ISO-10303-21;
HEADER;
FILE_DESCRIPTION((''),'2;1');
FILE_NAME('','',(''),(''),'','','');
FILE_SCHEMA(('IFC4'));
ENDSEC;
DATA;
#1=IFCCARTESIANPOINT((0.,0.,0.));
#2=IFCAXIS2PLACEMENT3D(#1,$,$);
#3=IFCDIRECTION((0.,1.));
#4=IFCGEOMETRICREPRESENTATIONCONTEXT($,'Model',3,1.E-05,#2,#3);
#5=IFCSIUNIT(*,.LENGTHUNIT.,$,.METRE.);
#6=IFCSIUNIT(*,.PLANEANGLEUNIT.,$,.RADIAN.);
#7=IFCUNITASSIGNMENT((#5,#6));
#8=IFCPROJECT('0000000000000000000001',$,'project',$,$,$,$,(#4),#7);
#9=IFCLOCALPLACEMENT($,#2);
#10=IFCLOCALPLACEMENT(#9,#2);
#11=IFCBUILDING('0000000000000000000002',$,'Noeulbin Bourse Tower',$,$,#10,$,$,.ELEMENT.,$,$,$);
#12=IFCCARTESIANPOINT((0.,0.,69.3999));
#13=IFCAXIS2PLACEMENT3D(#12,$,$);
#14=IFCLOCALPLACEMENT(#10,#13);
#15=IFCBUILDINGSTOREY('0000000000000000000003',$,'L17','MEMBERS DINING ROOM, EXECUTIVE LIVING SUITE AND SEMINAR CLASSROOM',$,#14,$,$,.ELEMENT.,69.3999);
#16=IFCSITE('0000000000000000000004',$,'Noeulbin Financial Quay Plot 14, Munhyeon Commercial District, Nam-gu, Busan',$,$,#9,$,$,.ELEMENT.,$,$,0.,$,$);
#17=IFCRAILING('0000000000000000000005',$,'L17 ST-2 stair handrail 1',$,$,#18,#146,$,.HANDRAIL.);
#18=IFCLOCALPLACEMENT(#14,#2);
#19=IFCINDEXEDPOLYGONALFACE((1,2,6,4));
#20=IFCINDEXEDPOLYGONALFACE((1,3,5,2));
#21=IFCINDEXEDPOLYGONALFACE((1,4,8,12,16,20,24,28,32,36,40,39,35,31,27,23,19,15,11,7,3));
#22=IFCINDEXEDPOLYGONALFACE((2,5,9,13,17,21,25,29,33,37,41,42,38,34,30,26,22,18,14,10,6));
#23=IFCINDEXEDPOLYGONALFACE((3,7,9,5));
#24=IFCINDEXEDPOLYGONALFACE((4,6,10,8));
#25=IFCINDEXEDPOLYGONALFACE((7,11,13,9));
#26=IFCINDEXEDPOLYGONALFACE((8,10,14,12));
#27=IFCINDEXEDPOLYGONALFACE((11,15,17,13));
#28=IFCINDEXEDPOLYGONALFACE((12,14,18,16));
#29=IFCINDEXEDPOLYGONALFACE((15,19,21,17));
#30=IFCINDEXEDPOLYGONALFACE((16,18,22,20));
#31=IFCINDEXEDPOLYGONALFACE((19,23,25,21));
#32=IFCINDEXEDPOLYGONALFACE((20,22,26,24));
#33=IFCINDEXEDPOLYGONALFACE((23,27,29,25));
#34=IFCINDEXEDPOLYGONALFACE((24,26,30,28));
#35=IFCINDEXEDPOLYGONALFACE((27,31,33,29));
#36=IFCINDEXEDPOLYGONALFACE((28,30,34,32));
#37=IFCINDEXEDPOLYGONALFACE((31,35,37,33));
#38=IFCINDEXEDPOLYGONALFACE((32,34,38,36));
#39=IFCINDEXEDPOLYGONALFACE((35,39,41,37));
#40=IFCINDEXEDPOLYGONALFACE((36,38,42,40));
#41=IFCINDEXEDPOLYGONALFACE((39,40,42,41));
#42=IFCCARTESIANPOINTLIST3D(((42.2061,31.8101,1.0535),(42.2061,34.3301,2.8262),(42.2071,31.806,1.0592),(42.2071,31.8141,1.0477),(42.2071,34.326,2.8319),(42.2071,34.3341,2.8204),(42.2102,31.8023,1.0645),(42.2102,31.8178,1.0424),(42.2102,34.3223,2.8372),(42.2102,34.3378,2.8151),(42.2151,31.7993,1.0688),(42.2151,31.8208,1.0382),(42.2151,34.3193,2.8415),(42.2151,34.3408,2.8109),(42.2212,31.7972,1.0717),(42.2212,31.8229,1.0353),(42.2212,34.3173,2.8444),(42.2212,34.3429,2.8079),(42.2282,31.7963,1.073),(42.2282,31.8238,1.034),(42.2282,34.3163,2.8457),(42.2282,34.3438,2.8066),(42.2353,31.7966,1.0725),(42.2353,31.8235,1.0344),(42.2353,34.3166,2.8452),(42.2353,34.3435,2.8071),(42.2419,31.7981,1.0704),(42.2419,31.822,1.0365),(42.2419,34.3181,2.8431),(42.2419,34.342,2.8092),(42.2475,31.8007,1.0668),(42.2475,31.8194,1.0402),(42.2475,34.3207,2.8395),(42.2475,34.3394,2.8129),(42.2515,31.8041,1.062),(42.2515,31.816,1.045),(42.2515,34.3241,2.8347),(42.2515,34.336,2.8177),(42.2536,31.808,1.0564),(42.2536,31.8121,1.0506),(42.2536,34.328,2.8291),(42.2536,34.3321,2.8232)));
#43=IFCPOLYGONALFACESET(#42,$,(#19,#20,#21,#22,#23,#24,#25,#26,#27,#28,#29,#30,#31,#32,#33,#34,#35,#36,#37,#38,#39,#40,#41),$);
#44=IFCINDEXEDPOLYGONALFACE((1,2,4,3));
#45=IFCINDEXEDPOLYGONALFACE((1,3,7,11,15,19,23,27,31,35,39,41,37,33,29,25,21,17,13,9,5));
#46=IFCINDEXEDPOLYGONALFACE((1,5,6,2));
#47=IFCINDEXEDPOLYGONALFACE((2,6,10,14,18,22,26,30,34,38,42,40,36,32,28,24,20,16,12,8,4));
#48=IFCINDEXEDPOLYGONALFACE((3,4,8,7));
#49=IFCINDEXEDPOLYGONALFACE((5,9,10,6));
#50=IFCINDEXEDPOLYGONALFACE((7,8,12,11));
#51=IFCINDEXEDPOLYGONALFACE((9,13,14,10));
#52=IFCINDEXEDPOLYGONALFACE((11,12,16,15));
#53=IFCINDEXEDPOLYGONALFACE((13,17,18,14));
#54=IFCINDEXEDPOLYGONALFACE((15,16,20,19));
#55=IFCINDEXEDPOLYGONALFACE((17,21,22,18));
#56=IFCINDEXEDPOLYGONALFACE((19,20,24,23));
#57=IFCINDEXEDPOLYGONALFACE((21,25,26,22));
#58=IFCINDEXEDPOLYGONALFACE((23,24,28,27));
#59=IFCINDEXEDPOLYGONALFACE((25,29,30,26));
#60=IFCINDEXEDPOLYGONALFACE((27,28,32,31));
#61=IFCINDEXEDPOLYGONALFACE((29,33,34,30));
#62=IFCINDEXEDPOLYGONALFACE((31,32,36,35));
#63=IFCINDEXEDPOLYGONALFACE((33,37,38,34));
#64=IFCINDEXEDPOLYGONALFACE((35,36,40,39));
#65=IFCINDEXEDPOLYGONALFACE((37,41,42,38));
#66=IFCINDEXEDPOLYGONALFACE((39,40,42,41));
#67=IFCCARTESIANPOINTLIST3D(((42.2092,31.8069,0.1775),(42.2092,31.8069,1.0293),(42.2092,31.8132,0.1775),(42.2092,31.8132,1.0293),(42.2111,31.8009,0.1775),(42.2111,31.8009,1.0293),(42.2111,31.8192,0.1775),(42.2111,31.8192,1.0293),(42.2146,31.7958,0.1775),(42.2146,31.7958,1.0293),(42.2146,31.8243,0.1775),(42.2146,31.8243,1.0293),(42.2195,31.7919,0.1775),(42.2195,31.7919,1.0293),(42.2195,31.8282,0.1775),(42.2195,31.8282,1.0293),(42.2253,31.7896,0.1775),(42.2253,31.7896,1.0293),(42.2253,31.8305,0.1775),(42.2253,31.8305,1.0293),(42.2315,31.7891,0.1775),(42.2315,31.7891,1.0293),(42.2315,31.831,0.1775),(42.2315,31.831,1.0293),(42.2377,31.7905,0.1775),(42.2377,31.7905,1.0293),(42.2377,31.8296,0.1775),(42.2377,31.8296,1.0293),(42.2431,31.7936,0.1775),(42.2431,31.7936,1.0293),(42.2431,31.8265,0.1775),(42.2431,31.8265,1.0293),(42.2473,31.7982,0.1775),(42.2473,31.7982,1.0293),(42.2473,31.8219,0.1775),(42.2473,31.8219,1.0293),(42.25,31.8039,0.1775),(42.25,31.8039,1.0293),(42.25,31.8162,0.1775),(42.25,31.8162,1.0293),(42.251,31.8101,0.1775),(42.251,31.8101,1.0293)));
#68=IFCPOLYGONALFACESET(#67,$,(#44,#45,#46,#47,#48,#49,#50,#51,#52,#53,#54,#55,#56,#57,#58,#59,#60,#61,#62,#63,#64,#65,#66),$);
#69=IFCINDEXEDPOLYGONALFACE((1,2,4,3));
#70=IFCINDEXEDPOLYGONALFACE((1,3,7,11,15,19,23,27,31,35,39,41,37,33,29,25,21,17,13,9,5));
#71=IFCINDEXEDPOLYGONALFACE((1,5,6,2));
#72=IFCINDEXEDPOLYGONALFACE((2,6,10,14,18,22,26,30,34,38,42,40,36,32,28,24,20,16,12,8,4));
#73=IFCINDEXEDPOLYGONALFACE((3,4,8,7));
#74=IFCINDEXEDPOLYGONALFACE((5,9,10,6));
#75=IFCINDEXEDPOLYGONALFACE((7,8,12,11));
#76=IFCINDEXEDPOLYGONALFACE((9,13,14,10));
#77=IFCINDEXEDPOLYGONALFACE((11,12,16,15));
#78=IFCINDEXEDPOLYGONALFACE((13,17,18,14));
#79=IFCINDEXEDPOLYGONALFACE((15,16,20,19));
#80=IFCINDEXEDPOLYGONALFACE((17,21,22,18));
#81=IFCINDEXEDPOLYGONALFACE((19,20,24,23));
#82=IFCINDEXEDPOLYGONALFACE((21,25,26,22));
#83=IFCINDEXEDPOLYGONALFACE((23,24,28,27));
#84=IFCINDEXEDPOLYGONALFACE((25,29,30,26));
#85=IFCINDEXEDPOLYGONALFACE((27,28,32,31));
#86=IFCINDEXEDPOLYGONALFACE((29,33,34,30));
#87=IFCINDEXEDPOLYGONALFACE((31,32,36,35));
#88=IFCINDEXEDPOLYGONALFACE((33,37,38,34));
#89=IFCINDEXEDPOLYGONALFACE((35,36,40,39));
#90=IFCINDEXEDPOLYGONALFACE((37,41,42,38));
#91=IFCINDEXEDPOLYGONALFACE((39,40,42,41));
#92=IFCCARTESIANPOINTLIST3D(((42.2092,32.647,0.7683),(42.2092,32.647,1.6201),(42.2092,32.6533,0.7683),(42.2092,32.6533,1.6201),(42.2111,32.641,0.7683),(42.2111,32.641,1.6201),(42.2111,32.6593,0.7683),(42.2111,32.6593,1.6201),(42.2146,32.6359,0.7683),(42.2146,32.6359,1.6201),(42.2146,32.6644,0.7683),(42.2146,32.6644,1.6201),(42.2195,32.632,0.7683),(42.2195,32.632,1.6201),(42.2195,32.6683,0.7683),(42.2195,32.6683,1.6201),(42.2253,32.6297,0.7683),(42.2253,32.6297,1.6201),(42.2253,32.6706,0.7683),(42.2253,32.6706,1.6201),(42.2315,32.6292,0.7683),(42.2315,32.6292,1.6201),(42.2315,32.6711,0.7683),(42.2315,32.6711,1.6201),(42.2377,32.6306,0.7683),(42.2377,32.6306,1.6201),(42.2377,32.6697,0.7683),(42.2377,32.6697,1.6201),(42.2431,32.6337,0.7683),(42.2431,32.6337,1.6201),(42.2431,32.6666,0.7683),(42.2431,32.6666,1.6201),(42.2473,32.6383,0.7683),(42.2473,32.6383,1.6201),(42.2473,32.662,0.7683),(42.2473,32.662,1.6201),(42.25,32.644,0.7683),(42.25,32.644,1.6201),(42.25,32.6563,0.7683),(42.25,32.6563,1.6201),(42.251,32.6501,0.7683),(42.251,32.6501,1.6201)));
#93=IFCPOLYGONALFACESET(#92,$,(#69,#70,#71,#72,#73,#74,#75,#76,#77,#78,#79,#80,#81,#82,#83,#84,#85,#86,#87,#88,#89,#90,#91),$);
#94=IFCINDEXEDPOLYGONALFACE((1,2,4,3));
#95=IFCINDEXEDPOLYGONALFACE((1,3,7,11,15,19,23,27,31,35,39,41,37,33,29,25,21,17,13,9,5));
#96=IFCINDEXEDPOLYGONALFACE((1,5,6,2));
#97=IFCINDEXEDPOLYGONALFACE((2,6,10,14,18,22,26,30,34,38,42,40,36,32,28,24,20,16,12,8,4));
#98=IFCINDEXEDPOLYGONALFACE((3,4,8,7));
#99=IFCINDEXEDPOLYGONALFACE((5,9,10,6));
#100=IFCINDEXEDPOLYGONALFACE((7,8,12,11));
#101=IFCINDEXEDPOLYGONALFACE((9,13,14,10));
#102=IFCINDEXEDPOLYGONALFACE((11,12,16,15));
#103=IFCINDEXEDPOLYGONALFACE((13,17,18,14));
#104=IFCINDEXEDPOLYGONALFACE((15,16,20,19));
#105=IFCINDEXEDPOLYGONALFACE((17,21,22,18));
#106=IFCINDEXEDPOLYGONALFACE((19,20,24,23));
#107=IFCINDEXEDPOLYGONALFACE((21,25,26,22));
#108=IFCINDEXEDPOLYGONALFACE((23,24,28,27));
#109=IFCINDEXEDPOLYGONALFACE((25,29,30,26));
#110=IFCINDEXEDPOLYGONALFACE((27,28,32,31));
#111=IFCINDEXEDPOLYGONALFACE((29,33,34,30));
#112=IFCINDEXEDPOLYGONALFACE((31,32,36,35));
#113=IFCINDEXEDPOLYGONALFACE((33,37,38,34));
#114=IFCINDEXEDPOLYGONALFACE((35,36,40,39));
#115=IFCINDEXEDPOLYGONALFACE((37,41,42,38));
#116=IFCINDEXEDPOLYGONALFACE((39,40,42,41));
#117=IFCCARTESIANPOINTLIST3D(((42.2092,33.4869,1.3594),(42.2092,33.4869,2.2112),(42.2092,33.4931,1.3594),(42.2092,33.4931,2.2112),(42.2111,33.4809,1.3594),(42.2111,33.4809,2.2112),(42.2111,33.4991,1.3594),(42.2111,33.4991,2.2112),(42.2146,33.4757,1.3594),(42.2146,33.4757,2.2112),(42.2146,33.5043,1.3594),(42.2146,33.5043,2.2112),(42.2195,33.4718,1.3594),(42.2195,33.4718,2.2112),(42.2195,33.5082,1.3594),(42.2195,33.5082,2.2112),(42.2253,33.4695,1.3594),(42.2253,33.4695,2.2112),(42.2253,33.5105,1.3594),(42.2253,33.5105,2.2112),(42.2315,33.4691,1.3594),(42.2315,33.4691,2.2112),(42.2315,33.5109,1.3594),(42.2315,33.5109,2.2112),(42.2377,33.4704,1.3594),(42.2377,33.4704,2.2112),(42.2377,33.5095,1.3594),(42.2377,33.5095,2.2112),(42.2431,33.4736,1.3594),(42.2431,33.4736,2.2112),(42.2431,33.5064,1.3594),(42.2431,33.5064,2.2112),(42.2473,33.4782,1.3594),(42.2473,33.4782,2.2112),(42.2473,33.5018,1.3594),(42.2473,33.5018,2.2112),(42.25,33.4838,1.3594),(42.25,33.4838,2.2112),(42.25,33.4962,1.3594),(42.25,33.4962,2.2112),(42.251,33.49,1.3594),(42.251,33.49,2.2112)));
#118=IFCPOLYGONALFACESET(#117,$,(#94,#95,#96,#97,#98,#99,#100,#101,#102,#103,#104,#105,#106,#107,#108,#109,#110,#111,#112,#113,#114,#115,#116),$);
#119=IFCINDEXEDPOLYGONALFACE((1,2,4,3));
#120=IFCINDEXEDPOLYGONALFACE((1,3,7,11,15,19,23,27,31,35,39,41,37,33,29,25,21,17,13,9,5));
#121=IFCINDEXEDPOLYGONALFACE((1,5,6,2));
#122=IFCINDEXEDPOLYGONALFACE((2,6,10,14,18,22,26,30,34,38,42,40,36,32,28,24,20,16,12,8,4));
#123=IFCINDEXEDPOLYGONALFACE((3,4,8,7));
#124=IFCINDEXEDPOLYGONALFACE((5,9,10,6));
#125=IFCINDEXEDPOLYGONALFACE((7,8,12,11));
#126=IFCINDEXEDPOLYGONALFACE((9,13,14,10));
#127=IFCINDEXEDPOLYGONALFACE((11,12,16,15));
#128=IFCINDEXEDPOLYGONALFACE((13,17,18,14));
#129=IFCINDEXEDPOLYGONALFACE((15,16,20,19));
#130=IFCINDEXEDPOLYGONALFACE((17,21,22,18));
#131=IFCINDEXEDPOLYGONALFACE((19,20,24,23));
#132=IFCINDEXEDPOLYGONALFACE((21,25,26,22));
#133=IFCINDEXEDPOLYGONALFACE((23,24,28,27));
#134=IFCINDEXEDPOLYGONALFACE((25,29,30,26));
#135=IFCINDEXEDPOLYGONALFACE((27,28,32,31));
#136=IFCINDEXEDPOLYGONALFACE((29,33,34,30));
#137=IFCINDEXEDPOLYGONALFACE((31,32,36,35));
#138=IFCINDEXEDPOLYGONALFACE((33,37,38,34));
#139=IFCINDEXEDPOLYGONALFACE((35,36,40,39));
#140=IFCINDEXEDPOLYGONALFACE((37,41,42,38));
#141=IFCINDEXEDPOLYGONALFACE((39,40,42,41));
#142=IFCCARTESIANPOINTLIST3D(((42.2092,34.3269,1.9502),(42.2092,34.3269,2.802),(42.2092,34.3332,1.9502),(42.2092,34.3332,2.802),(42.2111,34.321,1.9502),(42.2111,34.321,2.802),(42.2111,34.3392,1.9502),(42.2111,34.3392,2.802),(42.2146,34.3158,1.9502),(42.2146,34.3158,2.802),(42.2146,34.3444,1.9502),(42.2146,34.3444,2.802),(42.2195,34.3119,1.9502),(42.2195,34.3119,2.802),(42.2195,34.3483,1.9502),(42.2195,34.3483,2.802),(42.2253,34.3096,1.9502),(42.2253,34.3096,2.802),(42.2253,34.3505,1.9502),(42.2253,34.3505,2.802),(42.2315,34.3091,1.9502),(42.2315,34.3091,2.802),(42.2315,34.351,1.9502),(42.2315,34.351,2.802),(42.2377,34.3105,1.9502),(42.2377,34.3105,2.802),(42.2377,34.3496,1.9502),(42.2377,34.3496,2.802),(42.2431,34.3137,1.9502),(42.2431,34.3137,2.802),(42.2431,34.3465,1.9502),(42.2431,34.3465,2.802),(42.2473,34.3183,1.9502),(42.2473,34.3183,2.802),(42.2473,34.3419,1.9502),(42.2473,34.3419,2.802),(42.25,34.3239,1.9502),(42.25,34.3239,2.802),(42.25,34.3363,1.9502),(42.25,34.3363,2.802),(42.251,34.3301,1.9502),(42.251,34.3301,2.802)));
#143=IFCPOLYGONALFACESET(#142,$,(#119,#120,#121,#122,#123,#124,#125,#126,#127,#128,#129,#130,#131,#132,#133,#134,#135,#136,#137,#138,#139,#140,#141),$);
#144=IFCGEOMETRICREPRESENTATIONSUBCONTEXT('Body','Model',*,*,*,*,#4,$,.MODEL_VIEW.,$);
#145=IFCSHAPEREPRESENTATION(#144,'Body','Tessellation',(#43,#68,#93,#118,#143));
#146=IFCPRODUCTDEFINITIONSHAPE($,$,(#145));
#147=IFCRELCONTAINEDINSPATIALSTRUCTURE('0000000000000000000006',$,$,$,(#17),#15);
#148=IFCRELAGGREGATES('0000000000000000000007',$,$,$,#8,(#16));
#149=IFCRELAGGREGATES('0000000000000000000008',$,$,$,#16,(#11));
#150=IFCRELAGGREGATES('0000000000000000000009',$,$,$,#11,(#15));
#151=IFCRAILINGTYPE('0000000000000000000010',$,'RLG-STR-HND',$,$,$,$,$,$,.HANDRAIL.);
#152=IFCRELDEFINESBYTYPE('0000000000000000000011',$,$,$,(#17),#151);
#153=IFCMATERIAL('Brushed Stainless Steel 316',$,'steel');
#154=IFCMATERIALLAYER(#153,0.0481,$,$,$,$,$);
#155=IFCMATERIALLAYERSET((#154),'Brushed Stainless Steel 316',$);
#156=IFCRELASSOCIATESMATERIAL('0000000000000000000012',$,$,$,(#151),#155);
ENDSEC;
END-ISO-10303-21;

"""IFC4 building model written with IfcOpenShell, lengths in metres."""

from ifc_helpers import new_model, si_unit, direction, frame, origin, origin_2d, place, context, subcontext, project, spatial, circle, extrude, material, layer, layer_set, type_object, element, save


model = new_model("IFC4")

# Units and contexts
model_context = context("Model", 3, precision=1e-05, world=origin(), true_north=direction((0.0, 1.0)))
body_context = subcontext(model_context, "Body", "Model", "MODEL_VIEW")
ifc_project = project(units=[si_unit("LENGTHUNIT", "METRE"), si_unit("PLANEANGLEUNIT", "RADIAN")], contexts=[model_context])

# Site, building, storey
site_placement = place(None, origin())
site = spatial("IfcSite", under=ifc_project, at=site_placement, Name="Noeulbin Financial Quay Plot 14, Munhyeon Commercial District, Nam-gu, Busan", CompositionType="ELEMENT", RefElevation=0.0)
building_placement = place(site_placement, origin())
building = spatial("IfcBuilding", under=site, at=building_placement, Name="Noeulbin Bourse Tower", CompositionType="ELEMENT")
storey_placement = place(building_placement, frame((0.0, 0.0, 69.3999)))
storey = spatial("IfcBuildingStorey", under=building, at=storey_placement, Name="L17", Description="MEMBERS DINING ROOM, EXECUTIVE LIVING SUITE AND SEMINAR CLASSROOM", CompositionType="ELEMENT", Elevation=69.3999)

# Railing
ifc_material_1 = material(Name="Brushed Stainless Steel 316", Category="steel")
ifc_layer_1 = layer(ifc_material_1, 0.0481)
ifc_layer_set_1 = layer_set([ifc_layer_1], Name="Brushed Stainless Steel 316")
railing_type_1 = type_object("IfcRailingType", Name="RLG-STR-HND", PredefinedType="HANDRAIL", material=ifc_layer_set_1)
railing_1_placement = place(storey_placement, frame((42.23, 31.8101, 0.1775)))
element("IfcRailing", 1, at=railing_1_placement, inside=storey, type_object=railing_type_1, Name="L17 ST-2 stair handrail 1", PredefinedType="HANDRAIL", context=body_context, shape_type="SweptSolid", body=[
    extrude(circle(Radius=0.0239, at=origin_2d()), frame((0.0, 0.0, 0.876), z_axis=(0.0, 0.817904, 0.575354), x_axis=(-1.0, 0.0, 0.0)), (0.0, 0.0, 1.0), 3.0811),
    extrude(circle(Radius=0.021, at=origin_2d()), origin(), (0.0, 0.0, 1.0), 0.8518),
    extrude(circle(Radius=0.021, at=origin_2d()), frame((0.0, 0.8401, 0.5908)), (0.0, 0.0, 1.0), 0.8518),
    extrude(circle(Radius=0.021, at=origin_2d()), frame((0.0, 1.6799, 1.1819)), (0.0, 0.0, 1.0), 0.8518),
    extrude(circle(Radius=0.021, at=origin_2d()), frame((0.0, 2.52, 1.7727)), (0.0, 0.0, 1.0), 0.8518),
])

save(model, "model.ifc")
